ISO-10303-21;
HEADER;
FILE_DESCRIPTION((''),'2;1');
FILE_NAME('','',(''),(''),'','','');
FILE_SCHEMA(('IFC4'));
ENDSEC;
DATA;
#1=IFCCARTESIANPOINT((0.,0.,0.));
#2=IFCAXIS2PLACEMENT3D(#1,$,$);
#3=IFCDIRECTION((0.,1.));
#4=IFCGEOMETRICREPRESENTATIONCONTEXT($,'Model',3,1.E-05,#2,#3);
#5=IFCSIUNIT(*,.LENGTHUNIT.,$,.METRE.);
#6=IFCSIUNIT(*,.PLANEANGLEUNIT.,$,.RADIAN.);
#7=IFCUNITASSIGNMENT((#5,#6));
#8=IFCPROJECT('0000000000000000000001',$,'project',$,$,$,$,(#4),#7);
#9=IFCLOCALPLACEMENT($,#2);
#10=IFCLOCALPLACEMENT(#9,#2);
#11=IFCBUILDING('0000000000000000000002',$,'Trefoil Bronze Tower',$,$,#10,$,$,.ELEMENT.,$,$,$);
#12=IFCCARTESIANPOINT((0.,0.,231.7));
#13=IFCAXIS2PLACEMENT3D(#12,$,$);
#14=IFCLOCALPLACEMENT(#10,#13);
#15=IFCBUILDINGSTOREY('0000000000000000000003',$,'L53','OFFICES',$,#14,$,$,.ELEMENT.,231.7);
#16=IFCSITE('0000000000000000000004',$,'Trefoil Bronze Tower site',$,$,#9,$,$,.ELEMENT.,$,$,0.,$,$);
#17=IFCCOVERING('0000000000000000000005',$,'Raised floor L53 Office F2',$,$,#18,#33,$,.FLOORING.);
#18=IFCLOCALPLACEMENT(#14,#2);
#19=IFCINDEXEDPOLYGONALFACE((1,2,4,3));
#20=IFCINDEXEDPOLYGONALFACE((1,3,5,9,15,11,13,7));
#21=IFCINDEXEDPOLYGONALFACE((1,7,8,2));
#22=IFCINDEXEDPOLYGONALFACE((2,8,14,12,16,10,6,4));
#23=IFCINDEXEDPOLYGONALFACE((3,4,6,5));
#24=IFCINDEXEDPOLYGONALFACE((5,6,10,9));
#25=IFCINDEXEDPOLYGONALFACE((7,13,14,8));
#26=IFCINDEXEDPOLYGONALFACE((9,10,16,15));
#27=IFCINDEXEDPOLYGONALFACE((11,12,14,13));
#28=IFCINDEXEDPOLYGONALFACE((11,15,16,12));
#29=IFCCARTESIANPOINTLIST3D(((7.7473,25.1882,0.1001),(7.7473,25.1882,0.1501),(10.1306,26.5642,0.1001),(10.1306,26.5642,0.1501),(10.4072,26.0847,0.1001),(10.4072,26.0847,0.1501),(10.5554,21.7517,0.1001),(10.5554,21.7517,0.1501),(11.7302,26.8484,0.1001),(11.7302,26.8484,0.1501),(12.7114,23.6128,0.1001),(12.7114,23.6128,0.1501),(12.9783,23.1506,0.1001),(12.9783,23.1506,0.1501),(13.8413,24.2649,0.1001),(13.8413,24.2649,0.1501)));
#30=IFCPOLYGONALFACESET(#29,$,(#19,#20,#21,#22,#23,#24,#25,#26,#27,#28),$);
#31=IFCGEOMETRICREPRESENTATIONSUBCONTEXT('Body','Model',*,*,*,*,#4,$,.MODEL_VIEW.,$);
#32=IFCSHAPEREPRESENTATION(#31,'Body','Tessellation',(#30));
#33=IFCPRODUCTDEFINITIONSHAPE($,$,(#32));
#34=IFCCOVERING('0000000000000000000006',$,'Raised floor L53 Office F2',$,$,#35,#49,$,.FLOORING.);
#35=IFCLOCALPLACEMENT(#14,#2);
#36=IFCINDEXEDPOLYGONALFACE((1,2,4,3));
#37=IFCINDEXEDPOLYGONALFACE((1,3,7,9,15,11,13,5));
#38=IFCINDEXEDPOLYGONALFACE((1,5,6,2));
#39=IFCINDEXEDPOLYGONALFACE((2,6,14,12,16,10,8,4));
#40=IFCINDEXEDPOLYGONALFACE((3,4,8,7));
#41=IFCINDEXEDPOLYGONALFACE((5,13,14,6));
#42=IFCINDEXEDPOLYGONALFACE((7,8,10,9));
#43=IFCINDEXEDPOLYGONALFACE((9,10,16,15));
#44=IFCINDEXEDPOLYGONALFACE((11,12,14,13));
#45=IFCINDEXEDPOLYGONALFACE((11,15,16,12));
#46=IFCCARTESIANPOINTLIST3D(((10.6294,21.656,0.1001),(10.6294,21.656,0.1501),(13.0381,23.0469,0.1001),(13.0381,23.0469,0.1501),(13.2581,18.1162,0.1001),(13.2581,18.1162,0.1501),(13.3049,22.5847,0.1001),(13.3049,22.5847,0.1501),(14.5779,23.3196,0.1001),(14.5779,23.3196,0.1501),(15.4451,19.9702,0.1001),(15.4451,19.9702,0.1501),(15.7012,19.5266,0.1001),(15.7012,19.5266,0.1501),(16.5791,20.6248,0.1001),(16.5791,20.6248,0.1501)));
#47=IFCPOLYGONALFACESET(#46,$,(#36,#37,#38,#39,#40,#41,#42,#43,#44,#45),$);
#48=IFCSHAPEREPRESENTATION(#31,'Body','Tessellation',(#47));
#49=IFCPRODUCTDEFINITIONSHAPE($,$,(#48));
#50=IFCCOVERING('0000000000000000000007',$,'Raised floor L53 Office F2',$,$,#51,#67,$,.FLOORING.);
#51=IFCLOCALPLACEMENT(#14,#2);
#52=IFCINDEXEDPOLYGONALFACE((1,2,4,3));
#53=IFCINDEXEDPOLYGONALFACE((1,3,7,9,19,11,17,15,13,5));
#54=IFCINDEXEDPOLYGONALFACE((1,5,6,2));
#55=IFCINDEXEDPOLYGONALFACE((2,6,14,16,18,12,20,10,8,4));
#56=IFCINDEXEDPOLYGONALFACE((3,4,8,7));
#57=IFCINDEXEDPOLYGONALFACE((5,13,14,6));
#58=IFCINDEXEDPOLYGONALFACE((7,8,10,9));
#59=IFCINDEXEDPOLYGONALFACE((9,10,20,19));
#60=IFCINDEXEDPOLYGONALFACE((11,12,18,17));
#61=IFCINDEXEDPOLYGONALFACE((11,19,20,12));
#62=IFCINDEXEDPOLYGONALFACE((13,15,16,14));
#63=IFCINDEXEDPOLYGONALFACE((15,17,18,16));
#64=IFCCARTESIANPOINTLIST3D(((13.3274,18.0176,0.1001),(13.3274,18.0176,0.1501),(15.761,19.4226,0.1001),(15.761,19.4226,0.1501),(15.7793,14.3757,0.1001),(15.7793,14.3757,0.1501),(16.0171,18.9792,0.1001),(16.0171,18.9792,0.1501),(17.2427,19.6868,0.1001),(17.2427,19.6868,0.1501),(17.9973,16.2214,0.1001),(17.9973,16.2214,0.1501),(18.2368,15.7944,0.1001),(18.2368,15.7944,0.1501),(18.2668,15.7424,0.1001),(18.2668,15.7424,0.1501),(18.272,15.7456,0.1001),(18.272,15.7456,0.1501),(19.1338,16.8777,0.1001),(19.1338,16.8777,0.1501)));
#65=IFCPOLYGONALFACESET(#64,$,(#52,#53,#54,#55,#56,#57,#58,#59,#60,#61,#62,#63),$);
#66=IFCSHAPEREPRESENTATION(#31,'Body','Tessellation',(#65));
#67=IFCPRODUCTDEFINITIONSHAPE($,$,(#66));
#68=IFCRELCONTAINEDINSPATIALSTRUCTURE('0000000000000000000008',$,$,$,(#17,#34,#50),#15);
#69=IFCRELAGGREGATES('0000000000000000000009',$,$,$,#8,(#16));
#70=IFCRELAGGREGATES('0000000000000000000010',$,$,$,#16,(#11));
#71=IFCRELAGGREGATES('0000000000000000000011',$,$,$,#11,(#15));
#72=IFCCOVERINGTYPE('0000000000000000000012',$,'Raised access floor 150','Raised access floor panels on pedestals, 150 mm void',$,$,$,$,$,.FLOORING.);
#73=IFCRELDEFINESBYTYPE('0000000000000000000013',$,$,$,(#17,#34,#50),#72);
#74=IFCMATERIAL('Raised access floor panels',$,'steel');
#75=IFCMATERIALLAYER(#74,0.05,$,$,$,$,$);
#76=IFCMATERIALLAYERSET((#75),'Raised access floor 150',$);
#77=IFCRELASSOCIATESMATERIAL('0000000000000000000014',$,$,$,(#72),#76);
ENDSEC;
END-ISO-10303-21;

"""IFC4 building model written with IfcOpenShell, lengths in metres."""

from ifc_helpers import new_model, si_unit, direction, frame, origin, place, context, subcontext, project, spatial, polyline, outline, extrude, material, layer, layer_set, type_object, element, save


model = new_model("IFC4")

# Units and contexts
model_context = context("Model", 3, precision=1e-05, world=origin(), true_north=direction((0.0, 1.0)))
body_context = subcontext(model_context, "Body", "Model", "MODEL_VIEW")
ifc_project = project(units=[si_unit("LENGTHUNIT", "METRE"), si_unit("PLANEANGLEUNIT", "RADIAN")], contexts=[model_context])

# Site, building, storey
site_placement = place(None, origin())
site = spatial("IfcSite", under=ifc_project, at=site_placement, Name="Trefoil Bronze Tower site", CompositionType="ELEMENT", RefElevation=0.0)
building_placement = place(site_placement, origin())
building = spatial("IfcBuilding", under=site, at=building_placement, Name="Trefoil Bronze Tower", CompositionType="ELEMENT")
storey_placement = place(building_placement, frame((0.0, 0.0, 231.7)))
storey = spatial("IfcBuildingStorey", under=building, at=storey_placement, Name="L53", Description="OFFICES", CompositionType="ELEMENT", Elevation=231.7)

# Coverings
ifc_material_1 = material(Name="Raised access floor panels", Category="steel")
ifc_layer_1 = layer(ifc_material_1, 0.05)
ifc_layer_set_1 = layer_set([ifc_layer_1], Name="Raised access floor 150")
covering_type_1 = type_object("IfcCoveringType", Name="Raised access floor 150", Description="Raised access floor panels on pedestals, 150 mm void", PredefinedType="FLOORING", material=ifc_layer_set_1)
covering_1_placement = place(storey_placement, frame((0.0, 0.0, 0.1001)))
element("IfcCovering", 1, at=covering_1_placement, inside=storey, type_object=covering_type_1, Name="Raised floor L53 Office F2", PredefinedType="FLOORING", context=body_context, shape_type="SweptSolid", body=[
    extrude(outline(polyline([(13.8413, 24.2649), (12.7114, 23.6128), (12.9783, 23.1506), (10.5554, 21.7517), (7.7473, 25.1882), (10.1306, 26.5642), (10.4072, 26.0847), (11.7302, 26.8484), (13.8413, 24.2649)])), origin(), (0.0, 0.0, 1.0), 0.05),
])
covering_2_placement = place(storey_placement, frame((0.0, 0.0, 0.1001)))
element("IfcCovering", 2, at=covering_2_placement, inside=storey, type_object=covering_type_1, Name="Raised floor L53 Office F2", PredefinedType="FLOORING", context=body_context, shape_type="SweptSolid", body=[
    extrude(outline(polyline([(16.5791, 20.6248), (15.4451, 19.9702), (15.7012, 19.5266), (13.2581, 18.1162), (10.6294, 21.656), (13.0381, 23.0469), (13.3049, 22.5847), (14.5779, 23.3196), (16.5791, 20.6248)])), origin(), (0.0, 0.0, 1.0), 0.05),
])
covering_3_placement = place(storey_placement, frame((0.0, 0.0, 0.1001)))
element("IfcCovering", 3, at=covering_3_placement, inside=storey, type_object=covering_type_1, Name="Raised floor L53 Office F2", PredefinedType="FLOORING", context=body_context, shape_type="SweptSolid", body=[
    extrude(outline(polyline([(19.1338, 16.8777), (17.9973, 16.2214), (18.272, 15.7456), (18.2668, 15.7424), (18.2368, 15.7944), (15.7793, 14.3757), (13.3274, 18.0176), (15.761, 19.4226), (16.0171, 18.9792), (17.2427, 19.6868), (19.1338, 16.8777)])), origin(), (0.0, 0.0, 1.0), 0.05),
])

save(model, "model.ifc")
